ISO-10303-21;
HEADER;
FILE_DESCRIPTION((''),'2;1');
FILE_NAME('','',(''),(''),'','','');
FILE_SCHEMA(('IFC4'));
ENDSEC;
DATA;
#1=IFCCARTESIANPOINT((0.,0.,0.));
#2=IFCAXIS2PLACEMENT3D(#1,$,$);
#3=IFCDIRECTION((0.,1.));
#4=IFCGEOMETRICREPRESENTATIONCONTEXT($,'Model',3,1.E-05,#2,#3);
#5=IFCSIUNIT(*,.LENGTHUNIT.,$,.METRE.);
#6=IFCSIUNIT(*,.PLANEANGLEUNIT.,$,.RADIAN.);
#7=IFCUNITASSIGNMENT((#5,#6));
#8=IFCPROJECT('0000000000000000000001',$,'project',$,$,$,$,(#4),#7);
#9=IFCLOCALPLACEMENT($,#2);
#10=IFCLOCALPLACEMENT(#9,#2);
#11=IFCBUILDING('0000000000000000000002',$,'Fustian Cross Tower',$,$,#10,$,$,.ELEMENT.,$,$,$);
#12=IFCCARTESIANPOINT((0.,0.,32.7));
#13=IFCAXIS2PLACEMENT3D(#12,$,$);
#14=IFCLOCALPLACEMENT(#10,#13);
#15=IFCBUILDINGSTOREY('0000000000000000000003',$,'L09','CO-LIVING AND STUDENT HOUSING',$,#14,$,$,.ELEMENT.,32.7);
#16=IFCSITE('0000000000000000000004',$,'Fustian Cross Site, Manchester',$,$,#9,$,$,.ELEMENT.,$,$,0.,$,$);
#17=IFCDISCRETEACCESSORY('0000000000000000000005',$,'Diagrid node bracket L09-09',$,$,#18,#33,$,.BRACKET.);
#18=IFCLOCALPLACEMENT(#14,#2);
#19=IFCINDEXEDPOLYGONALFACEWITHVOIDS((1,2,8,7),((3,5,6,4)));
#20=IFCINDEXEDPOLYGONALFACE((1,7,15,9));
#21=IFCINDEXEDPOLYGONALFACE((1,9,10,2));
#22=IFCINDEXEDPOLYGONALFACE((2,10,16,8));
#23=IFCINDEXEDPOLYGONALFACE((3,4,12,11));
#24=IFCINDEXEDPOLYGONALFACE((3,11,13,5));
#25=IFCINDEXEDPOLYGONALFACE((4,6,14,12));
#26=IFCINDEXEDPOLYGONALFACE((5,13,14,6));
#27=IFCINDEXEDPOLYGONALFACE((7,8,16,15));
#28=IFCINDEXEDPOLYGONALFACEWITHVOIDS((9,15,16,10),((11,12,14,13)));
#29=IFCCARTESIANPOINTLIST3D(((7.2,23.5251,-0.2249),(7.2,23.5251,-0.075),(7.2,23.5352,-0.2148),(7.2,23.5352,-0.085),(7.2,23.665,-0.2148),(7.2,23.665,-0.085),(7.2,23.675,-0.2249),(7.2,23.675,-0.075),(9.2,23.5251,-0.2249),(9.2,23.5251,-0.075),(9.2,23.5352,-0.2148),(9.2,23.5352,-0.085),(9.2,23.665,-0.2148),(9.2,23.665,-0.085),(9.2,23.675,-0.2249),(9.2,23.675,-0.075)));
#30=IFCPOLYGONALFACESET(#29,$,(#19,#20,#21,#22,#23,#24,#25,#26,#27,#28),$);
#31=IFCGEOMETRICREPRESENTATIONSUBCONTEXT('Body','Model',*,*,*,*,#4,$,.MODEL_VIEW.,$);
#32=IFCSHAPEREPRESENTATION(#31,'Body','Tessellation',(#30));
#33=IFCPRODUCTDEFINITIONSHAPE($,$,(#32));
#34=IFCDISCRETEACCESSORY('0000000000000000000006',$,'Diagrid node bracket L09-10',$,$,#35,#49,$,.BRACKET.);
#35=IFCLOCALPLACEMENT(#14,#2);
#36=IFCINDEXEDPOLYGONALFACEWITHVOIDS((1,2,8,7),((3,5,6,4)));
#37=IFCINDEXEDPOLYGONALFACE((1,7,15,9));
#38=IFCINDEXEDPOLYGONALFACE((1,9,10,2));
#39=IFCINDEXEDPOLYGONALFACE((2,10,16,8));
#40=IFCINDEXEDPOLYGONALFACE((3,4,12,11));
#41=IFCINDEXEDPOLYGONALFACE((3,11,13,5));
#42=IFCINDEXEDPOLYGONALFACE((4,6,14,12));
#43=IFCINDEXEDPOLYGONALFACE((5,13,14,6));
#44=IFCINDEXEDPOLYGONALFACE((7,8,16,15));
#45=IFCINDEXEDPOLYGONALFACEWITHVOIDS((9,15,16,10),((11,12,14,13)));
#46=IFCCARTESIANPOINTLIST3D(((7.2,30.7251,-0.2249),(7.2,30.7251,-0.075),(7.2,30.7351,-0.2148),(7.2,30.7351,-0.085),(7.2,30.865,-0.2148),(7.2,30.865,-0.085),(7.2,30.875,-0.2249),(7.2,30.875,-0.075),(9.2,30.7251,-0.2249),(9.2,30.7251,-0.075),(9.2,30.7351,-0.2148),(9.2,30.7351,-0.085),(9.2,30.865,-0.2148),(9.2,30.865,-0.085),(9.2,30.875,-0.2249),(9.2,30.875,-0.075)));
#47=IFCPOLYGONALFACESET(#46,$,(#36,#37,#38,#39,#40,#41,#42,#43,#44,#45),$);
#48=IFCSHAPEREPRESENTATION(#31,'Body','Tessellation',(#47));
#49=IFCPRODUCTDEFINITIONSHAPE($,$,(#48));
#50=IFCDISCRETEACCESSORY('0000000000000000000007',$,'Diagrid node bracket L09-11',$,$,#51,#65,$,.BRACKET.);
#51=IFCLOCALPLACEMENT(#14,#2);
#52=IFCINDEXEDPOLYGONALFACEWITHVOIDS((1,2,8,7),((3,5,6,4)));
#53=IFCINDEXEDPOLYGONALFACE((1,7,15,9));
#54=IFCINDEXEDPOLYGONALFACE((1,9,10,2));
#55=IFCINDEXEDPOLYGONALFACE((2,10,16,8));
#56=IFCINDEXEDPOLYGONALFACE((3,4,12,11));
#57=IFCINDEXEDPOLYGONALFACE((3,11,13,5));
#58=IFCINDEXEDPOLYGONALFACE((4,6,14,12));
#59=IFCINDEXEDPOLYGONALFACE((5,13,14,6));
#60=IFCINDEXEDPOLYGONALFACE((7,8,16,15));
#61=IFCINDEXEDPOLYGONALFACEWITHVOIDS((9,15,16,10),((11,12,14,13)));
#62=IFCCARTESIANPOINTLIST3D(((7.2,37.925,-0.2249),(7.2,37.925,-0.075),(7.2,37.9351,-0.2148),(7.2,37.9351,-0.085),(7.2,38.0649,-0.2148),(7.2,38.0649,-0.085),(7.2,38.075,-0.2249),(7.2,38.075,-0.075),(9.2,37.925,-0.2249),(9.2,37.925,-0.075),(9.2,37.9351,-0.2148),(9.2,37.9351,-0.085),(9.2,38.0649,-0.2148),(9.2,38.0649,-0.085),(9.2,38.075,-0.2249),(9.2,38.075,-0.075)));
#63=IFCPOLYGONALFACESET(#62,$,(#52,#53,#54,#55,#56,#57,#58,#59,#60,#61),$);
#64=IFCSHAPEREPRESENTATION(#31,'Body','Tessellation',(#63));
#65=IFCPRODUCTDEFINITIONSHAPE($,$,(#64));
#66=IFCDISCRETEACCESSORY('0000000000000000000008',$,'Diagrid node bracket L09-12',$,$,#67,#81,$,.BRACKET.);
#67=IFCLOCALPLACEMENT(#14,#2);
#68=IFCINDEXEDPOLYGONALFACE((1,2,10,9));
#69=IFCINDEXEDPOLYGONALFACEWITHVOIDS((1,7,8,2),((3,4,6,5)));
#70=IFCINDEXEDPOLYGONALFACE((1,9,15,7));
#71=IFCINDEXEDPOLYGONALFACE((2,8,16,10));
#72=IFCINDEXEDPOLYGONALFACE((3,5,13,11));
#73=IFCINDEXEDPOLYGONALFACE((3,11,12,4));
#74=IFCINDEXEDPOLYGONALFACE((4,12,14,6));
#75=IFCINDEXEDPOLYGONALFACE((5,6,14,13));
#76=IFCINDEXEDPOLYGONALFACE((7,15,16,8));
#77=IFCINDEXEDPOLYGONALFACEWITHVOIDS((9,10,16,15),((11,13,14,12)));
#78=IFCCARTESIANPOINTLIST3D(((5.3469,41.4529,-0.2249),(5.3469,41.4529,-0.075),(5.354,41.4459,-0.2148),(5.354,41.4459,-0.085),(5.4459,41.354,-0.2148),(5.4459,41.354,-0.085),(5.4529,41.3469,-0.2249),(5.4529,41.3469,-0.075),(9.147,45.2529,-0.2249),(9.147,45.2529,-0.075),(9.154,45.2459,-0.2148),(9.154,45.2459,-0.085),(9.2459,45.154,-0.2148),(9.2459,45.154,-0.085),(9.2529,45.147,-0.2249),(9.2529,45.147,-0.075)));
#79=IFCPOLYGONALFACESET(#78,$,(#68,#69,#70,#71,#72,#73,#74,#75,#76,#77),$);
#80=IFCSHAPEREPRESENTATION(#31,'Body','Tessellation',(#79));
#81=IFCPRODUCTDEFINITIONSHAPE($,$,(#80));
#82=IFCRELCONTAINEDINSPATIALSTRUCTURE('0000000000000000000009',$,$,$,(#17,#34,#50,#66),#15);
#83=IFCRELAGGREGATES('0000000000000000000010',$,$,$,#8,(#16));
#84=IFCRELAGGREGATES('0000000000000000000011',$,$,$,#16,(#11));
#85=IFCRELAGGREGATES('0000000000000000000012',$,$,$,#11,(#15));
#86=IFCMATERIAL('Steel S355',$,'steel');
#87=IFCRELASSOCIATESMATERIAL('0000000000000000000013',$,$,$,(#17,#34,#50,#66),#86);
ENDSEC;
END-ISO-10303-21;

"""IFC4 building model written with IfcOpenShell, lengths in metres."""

from ifc_helpers import new_model, si_unit, direction, frame, origin, origin_2d, place, context, subcontext, project, spatial, hollow_rectangle, extrude, material, element, save


model = new_model("IFC4")

# Units and contexts
model_context = context("Model", 3, precision=1e-05, world=origin(), true_north=direction((0.0, 1.0)))
body_context = subcontext(model_context, "Body", "Model", "MODEL_VIEW")
ifc_project = project(units=[si_unit("LENGTHUNIT", "METRE"), si_unit("PLANEANGLEUNIT", "RADIAN")], contexts=[model_context])

# Site, building, storey
site_placement = place(None, origin())
site = spatial("IfcSite", under=ifc_project, at=site_placement, Name="Fustian Cross Site, Manchester", CompositionType="ELEMENT", RefElevation=0.0)
building_placement = place(site_placement, origin())
building = spatial("IfcBuilding", under=site, at=building_placement, Name="Fustian Cross Tower", CompositionType="ELEMENT")
storey_placement = place(building_placement, frame((0.0, 0.0, 32.7)))
storey = spatial("IfcBuildingStorey", under=building, at=storey_placement, Name="L09", Description="CO-LIVING AND STUDENT HOUSING", CompositionType="ELEMENT", Elevation=32.7)

# Discrete accessories
ifc_material_1 = material(Name="Steel S355", Category="steel")
for number, where, z_axis, x_axis, name in (
    (1, (9.2, 23.6001, -0.1499), (-1.0, 0.0, 0.0), (0.0, -1.0, 0.0), "Diagrid node bracket L09-09"),
    (2, (9.2, 30.8, -0.1499), (-1.0, 0.0, 0.0), (0.0, -1.0, 0.0), "Diagrid node bracket L09-10"),
    (3, (9.2, 38.0, -0.1499), (-1.0, 0.0, 0.0), (0.0, -1.0, 0.0), "Diagrid node bracket L09-11"),
):
    element("IfcDiscreteAccessory", number, at=place(storey_placement, frame(where, z_axis=z_axis, x_axis=x_axis)), inside=storey, material=ifc_material_1, Name=name, PredefinedType="BRACKET", context=body_context, shape_type="SweptSolid", body=[
        extrude(hollow_rectangle(XDim=0.1499, YDim=0.1499, WallThickness=0.01, at=origin_2d()), origin(), (0.0, 0.0, 1.0), 2.0),
    ])
discrete_accessory_1_placement = place(storey_placement, frame((9.2, 45.2, -0.1499), z_axis=(-0.707107, -0.707107, 0.0), x_axis=(0.707107, -0.707107, 0.0)))
element("IfcDiscreteAccessory", 4, at=discrete_accessory_1_placement, inside=storey, material=ifc_material_1, Name="Diagrid node bracket L09-12", PredefinedType="BRACKET", context=body_context, shape_type="SweptSolid", body=[
    extrude(hollow_rectangle(XDim=0.1499, YDim=0.1499, WallThickness=0.01, at=origin_2d()), origin(), (0.0, 0.0, 1.0), 5.374),
])

save(model, "model.ifc")
